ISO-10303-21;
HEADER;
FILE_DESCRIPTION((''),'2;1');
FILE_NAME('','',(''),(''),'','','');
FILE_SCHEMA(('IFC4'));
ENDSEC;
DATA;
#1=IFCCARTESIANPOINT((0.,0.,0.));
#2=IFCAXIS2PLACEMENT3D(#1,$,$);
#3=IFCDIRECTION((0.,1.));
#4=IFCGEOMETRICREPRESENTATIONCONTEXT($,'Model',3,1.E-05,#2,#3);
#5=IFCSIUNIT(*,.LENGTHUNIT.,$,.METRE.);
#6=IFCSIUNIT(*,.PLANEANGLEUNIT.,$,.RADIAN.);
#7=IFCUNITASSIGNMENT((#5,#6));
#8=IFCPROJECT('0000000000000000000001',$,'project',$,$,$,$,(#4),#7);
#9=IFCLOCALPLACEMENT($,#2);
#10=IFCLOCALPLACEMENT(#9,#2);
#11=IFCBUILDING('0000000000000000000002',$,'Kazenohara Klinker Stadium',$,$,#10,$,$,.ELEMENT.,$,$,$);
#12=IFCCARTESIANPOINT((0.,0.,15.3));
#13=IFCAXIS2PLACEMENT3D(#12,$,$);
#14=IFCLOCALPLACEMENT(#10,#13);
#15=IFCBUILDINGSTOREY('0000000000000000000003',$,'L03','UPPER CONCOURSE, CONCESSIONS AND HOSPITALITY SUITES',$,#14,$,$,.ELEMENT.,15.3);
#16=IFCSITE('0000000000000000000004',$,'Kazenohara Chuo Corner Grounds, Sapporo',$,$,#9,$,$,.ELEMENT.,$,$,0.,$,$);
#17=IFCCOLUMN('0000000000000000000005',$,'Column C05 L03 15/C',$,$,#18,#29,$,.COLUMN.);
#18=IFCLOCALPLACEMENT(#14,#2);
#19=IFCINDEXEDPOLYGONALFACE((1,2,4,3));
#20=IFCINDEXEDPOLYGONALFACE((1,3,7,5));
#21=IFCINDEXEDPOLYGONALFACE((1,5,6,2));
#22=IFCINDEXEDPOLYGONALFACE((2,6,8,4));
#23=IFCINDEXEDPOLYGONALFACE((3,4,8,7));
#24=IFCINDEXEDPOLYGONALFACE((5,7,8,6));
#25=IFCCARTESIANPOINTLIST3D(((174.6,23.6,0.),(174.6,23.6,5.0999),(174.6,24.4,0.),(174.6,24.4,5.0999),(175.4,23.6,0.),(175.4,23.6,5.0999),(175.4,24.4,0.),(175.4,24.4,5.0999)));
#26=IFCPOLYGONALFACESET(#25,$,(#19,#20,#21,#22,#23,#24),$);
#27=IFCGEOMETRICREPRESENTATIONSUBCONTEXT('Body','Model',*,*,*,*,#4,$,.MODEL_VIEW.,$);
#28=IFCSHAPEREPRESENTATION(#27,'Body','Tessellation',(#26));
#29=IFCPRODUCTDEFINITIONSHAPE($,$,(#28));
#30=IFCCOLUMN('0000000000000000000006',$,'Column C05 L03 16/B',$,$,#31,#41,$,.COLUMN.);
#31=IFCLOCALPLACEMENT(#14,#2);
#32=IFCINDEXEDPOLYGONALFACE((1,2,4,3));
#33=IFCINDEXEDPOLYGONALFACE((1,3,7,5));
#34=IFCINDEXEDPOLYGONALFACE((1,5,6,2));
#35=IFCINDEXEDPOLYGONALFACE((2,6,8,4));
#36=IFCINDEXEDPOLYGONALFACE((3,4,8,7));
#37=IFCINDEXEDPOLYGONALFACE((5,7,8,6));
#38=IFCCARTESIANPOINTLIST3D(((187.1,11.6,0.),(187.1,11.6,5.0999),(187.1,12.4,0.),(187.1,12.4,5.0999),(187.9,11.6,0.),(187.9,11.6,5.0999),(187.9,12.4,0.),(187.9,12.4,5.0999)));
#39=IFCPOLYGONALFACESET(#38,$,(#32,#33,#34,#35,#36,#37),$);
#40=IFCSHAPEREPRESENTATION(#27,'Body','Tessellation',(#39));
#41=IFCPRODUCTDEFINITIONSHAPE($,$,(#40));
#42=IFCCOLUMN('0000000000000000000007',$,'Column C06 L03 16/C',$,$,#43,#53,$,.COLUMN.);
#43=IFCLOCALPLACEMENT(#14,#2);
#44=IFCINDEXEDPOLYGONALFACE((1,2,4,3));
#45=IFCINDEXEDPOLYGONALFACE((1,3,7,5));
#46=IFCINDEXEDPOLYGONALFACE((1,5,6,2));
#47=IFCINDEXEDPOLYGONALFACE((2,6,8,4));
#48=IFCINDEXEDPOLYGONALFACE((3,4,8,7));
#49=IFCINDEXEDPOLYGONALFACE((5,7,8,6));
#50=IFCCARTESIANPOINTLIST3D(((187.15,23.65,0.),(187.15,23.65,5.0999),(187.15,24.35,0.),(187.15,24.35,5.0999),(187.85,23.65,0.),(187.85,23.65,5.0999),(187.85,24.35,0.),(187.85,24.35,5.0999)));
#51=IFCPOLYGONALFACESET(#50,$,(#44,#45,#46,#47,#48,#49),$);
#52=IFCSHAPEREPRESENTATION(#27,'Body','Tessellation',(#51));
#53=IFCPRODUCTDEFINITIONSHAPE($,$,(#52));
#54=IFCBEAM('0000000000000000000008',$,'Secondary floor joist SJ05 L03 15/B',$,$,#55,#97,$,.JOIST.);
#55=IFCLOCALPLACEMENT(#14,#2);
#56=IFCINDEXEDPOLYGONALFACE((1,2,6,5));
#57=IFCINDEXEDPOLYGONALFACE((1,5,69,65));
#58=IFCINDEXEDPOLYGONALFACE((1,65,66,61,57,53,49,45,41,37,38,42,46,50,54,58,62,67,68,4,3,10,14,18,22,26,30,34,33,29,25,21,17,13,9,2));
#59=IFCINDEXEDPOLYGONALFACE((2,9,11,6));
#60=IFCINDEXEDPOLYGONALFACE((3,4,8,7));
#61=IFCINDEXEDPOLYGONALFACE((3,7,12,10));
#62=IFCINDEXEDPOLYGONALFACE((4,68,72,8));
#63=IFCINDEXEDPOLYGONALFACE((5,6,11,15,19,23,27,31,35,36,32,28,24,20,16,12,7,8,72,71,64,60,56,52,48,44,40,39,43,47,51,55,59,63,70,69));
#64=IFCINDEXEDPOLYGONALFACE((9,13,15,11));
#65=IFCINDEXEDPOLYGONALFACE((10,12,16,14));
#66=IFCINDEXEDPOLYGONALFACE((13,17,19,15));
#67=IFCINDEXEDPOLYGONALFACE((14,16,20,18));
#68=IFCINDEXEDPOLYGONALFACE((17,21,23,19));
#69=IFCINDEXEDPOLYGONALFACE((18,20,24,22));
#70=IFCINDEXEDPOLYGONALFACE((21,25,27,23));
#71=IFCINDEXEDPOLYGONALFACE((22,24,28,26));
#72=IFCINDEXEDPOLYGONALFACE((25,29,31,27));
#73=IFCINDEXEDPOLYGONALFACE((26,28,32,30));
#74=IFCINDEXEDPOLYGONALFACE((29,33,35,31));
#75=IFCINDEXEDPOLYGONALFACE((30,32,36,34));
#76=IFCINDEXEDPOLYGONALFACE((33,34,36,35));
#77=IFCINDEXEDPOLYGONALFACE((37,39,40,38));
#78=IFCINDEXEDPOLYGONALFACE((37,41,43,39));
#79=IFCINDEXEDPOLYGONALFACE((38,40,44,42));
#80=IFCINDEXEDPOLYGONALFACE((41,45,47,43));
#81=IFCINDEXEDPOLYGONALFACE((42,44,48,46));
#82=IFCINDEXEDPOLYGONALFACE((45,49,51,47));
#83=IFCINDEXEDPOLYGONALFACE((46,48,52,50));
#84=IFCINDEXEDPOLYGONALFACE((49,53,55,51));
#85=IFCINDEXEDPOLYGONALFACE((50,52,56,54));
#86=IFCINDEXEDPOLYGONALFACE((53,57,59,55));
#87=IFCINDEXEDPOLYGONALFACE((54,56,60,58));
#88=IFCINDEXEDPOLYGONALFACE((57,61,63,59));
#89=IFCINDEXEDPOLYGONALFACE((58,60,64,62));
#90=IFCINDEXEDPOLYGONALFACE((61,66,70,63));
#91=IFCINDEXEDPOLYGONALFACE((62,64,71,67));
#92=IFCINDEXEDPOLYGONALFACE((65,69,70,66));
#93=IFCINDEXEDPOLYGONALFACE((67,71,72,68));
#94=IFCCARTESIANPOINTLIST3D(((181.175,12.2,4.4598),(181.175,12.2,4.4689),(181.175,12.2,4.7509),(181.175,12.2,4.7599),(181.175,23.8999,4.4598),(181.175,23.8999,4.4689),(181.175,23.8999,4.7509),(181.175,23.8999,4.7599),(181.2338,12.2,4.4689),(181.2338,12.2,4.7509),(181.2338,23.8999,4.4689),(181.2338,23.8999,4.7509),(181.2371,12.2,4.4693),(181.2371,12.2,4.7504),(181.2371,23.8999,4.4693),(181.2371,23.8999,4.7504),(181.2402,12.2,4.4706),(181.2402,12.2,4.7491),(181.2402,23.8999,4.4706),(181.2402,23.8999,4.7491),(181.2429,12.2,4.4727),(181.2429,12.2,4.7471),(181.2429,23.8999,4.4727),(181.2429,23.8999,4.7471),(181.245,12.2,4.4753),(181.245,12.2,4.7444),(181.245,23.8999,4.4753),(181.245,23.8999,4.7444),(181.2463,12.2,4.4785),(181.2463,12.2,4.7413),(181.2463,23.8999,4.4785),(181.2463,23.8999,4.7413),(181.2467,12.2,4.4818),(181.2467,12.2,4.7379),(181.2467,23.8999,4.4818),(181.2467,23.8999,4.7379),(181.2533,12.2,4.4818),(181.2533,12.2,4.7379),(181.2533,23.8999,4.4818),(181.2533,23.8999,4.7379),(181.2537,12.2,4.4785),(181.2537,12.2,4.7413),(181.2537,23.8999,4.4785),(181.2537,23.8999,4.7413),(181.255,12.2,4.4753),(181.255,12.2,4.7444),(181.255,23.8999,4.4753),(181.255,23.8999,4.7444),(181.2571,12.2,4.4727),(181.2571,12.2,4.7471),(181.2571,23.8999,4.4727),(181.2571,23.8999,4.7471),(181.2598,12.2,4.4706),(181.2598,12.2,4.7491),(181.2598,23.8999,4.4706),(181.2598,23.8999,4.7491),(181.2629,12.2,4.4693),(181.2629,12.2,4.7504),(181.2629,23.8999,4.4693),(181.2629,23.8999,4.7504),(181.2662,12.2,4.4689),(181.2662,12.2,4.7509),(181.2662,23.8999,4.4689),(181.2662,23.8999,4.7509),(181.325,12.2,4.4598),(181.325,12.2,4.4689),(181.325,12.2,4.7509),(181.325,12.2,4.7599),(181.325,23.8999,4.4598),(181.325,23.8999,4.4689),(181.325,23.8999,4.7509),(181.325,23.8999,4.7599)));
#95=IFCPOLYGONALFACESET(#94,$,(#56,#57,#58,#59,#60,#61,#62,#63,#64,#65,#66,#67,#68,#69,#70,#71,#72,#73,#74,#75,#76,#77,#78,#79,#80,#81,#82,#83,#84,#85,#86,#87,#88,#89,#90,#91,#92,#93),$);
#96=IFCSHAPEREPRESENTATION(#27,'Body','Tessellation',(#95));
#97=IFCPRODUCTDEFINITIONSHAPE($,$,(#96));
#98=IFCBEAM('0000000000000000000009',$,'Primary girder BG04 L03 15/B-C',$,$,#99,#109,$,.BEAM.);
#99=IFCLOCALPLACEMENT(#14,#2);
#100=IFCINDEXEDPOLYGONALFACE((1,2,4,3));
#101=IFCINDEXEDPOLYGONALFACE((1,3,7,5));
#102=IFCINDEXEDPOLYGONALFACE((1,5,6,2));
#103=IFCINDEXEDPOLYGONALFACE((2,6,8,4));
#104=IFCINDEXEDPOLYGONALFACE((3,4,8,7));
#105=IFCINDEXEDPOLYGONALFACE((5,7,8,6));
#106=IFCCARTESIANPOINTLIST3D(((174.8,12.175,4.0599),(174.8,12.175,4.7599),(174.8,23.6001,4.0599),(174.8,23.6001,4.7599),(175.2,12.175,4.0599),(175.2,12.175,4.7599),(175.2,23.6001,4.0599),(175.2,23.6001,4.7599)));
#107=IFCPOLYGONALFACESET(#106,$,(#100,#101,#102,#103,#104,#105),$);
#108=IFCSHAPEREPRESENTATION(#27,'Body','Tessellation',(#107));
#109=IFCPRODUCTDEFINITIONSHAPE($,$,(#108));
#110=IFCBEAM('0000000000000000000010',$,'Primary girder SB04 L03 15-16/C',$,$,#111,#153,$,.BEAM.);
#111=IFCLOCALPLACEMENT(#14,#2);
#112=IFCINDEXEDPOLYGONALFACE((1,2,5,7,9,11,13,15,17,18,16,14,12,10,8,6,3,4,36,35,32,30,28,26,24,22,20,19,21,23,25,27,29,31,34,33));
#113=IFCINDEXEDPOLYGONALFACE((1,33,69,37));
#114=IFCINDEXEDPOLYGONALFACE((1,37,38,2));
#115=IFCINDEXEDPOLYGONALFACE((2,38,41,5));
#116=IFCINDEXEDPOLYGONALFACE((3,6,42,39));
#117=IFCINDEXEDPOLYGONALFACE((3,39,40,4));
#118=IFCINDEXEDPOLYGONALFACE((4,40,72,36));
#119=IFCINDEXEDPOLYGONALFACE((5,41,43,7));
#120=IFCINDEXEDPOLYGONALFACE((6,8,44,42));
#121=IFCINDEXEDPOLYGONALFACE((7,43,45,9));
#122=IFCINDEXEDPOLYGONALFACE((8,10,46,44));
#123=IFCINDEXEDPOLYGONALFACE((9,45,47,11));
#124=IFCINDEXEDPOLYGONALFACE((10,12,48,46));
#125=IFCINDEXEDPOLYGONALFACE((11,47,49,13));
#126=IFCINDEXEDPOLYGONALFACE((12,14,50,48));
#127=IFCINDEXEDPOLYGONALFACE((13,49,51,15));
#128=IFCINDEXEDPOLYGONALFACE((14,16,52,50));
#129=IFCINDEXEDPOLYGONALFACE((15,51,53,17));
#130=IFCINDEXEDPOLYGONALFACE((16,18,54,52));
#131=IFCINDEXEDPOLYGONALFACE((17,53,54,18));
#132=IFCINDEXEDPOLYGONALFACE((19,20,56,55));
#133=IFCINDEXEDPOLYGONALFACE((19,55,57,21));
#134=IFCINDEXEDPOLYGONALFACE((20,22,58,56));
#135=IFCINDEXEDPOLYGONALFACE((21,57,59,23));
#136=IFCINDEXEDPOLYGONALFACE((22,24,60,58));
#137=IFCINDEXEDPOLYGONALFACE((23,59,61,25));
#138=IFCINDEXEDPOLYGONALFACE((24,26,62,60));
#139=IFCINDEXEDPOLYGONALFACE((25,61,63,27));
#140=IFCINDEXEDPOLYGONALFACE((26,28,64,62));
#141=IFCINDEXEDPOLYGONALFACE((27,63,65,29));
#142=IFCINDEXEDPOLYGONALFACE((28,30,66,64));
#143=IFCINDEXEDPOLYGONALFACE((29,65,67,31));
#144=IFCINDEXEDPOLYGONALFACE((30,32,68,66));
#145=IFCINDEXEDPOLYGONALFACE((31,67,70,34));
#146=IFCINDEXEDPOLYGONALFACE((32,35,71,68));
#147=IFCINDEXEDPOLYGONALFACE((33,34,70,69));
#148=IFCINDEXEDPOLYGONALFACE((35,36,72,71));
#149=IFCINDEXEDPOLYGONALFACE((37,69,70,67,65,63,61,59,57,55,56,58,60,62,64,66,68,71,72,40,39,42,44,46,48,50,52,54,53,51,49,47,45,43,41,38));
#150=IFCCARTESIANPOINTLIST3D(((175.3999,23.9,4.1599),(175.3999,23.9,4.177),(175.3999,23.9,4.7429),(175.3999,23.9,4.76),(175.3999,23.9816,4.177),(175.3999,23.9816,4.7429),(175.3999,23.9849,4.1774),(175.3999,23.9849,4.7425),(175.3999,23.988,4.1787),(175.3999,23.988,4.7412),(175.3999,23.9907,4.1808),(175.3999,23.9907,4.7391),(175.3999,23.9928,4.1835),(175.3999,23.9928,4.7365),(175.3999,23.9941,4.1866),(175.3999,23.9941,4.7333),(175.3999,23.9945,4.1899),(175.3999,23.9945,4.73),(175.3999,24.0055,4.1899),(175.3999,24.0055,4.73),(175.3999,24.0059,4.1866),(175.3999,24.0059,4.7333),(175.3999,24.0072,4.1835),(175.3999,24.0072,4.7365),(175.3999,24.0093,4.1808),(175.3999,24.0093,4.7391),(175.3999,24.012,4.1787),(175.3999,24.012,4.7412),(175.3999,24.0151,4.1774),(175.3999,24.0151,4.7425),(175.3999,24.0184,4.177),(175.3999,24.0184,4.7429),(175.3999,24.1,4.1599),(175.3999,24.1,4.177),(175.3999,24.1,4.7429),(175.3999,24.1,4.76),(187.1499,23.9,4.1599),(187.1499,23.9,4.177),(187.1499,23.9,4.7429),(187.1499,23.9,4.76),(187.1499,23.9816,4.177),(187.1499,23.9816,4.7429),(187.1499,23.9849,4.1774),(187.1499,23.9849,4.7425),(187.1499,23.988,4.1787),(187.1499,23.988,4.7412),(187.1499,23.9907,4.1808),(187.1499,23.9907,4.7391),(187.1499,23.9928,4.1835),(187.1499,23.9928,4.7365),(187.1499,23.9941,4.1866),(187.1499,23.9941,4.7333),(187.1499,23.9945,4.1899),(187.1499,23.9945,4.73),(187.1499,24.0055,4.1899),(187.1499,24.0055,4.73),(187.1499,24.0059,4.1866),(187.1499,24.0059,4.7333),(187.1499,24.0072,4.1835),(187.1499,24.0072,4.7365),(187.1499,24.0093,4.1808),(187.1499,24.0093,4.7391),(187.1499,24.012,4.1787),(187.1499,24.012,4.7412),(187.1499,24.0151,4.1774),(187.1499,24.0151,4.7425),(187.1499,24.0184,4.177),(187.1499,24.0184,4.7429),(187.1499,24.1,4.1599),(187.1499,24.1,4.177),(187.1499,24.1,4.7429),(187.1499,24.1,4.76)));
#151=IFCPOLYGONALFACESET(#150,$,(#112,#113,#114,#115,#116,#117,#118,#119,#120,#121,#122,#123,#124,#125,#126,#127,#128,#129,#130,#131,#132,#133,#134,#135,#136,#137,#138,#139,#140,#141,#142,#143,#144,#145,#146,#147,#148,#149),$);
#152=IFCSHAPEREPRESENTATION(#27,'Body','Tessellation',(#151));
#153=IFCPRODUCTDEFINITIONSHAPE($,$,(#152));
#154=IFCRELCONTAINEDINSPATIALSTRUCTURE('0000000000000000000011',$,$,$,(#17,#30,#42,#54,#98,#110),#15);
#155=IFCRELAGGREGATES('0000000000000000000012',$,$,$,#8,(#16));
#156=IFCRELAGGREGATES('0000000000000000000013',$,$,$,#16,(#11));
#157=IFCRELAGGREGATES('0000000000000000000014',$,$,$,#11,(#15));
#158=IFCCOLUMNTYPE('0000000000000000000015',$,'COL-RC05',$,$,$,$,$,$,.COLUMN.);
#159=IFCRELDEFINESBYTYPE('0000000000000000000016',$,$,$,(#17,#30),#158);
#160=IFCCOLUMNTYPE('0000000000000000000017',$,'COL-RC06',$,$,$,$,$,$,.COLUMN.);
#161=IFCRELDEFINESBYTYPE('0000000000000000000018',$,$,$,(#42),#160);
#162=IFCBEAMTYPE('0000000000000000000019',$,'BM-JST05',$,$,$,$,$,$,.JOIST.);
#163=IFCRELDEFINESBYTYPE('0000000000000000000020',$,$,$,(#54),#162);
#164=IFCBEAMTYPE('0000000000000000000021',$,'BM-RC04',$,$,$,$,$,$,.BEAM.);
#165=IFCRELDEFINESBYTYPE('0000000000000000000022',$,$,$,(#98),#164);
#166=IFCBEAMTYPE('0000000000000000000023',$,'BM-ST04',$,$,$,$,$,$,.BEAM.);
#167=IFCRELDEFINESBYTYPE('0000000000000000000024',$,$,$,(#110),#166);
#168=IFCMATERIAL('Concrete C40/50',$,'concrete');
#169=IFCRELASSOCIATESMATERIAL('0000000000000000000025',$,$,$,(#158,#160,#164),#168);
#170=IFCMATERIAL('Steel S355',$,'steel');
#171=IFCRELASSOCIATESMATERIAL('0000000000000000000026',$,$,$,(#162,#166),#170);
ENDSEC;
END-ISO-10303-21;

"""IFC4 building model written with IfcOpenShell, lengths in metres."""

from ifc_helpers import new_model, si_unit, direction, frame, origin, origin_2d, place, context, subcontext, project, spatial, rectangle, i_section, extrude, material, material_profile, profile_set, type_object, element, save


model = new_model("IFC4")

# Units and contexts
model_context = context("Model", 3, precision=1e-05, world=origin(), true_north=direction((0.0, 1.0)))
body_context = subcontext(model_context, "Body", "Model", "MODEL_VIEW")
ifc_project = project(units=[si_unit("LENGTHUNIT", "METRE"), si_unit("PLANEANGLEUNIT", "RADIAN")], contexts=[model_context])

# Site, building, storey
site_placement = place(None, origin())
site = spatial("IfcSite", under=ifc_project, at=site_placement, Name="Kazenohara Chuo Corner Grounds, Sapporo", CompositionType="ELEMENT", RefElevation=0.0)
building_placement = place(site_placement, origin())
building = spatial("IfcBuilding", under=site, at=building_placement, Name="Kazenohara Klinker Stadium", CompositionType="ELEMENT")
storey_placement = place(building_placement, frame((0.0, 0.0, 15.3)))
storey = spatial("IfcBuildingStorey", under=building, at=storey_placement, Name="L03", Description="UPPER CONCOURSE, CONCESSIONS AND HOSPITALITY SUITES", CompositionType="ELEMENT", Elevation=15.3)

# Columns
ifc_material_1 = material(Name="Concrete C40/50", Category="concrete")
ifc_material_profile_1 = material_profile(ifc_material_1, rectangle(XDim=0.8, YDim=0.8, at=origin_2d()), Name="RC-COL-800x800")
ifc_profile_set_1 = profile_set([ifc_material_profile_1], Name="Concrete C40/50")
column_type_1 = type_object("IfcColumnType", Name="COL-RC05", PredefinedType="COLUMN", material=ifc_profile_set_1)
for number, where, z_axis, x_axis, name in (
    (1, (175.0, 24.0, 0.0), (0.0, 0.0, 1.0), (1.0, 0.0, 0.0), "Column C05 L03 15/C"),
    (2, (187.5, 12.0, 0.0), (0.0, 0.0, 1.0), (1.0, 0.0, 0.0), "Column C05 L03 16/B"),
):
    element("IfcColumn", number, at=place(storey_placement, frame(where, z_axis=z_axis, x_axis=x_axis)), inside=storey, type_object=column_type_1, Name=name, PredefinedType="COLUMN", context=body_context, shape_type="SweptSolid", body=[
        extrude(rectangle(XDim=0.8, YDim=0.8, at=origin_2d()), origin(), (0.0, 0.0, 1.0), 5.0999),
    ])
ifc_material_profile_2 = material_profile(ifc_material_1, rectangle(XDim=0.7, YDim=0.7, at=origin_2d()), Name="RC-COL-700x700")
ifc_profile_set_2 = profile_set([ifc_material_profile_2], Name="Concrete C40/50")
column_type_2 = type_object("IfcColumnType", Name="COL-RC06", PredefinedType="COLUMN", material=ifc_profile_set_2)
column_placement = place(storey_placement, frame((187.5, 24.0, 0.0), z_axis=(0.0, 0.0, 1.0), x_axis=(1.0, 0.0, 0.0)))
element("IfcColumn", 3, at=column_placement, inside=storey, type_object=column_type_2, Name="Column C06 L03 16/C", PredefinedType="COLUMN", context=body_context, shape_type="SweptSolid", body=[
    extrude(rectangle(XDim=0.7, YDim=0.7, at=origin_2d()), origin(), (0.0, 0.0, 1.0), 5.0999),
])

# Beams
ifc_material_2 = material(Name="Steel S355", Category="steel")
ifc_material_profile_3 = material_profile(ifc_material_2, i_section(OverallWidth=0.1499, OverallDepth=0.3, WebThickness=0.0066, FlangeThickness=0.009, FilletRadius=0.0129, at=origin_2d()), Name="H-300x150x6.5x9")
ifc_profile_set_3 = profile_set([ifc_material_profile_3], Name="Steel S355")
beam_type_1 = type_object("IfcBeamType", Name="BM-JST05", PredefinedType="JOIST", material=ifc_profile_set_3)
beam_1_placement = place(storey_placement, frame((181.25, 12.2, 4.6099), z_axis=(0.0, 1.0, 0.0), x_axis=(-1.0, 0.0, 0.0)))
element("IfcBeam", 4, at=beam_1_placement, inside=storey, type_object=beam_type_1, Name="Secondary floor joist SJ05 L03 15/B", PredefinedType="JOIST", context=body_context, shape_type="SweptSolid", body=[
    extrude(i_section(OverallWidth=0.1499, OverallDepth=0.3, WebThickness=0.0066, FlangeThickness=0.009, FilletRadius=0.0129, at=origin_2d()), origin(), (0.0, 0.0, 1.0), 11.7),
])
ifc_material_profile_4 = material_profile(ifc_material_1, rectangle(XDim=0.3999, YDim=0.7, at=origin_2d()), Name="RC-BM-400x700")
ifc_profile_set_4 = profile_set([ifc_material_profile_4], Name="Concrete C40/50")
beam_type_2 = type_object("IfcBeamType", Name="BM-RC04", PredefinedType="BEAM", material=ifc_profile_set_4)
beam_2_placement = place(storey_placement, frame((175.0, 12.175, 4.4099), z_axis=(0.0, 1.0, 0.0), x_axis=(-1.0, 0.0, 0.0)))
element("IfcBeam", 5, at=beam_2_placement, inside=storey, type_object=beam_type_2, Name="Primary girder BG04 L03 15/B-C", PredefinedType="BEAM", context=body_context, shape_type="SweptSolid", body=[
    extrude(rectangle(XDim=0.3999, YDim=0.7, at=origin_2d()), origin(), (0.0, 0.0, 1.0), 11.425),
])
ifc_material_profile_5 = material_profile(ifc_material_2, i_section(OverallWidth=0.2, OverallDepth=0.6001, WebThickness=0.011, FlangeThickness=0.0171, FilletRadius=0.0129, at=origin_2d()), Name="H-600x200x11x17")
ifc_profile_set_5 = profile_set([ifc_material_profile_5], Name="Steel S355")
beam_type_3 = type_object("IfcBeamType", Name="BM-ST04", PredefinedType="BEAM", material=ifc_profile_set_5)
beam_3_placement = place(storey_placement, frame((175.3999, 24.0, 4.46), z_axis=(1.0, 0.0, 0.0), x_axis=(0.0, 1.0, 0.0)))
element("IfcBeam", 6, at=beam_3_placement, inside=storey, type_object=beam_type_3, Name="Primary girder SB04 L03 15-16/C", PredefinedType="BEAM", context=body_context, shape_type="SweptSolid", body=[
    extrude(i_section(OverallWidth=0.2, OverallDepth=0.6001, WebThickness=0.011, FlangeThickness=0.0171, FilletRadius=0.0129, at=origin_2d()), origin(), (0.0, 0.0, 1.0), 11.75),
])

save(model, "model.ifc")
